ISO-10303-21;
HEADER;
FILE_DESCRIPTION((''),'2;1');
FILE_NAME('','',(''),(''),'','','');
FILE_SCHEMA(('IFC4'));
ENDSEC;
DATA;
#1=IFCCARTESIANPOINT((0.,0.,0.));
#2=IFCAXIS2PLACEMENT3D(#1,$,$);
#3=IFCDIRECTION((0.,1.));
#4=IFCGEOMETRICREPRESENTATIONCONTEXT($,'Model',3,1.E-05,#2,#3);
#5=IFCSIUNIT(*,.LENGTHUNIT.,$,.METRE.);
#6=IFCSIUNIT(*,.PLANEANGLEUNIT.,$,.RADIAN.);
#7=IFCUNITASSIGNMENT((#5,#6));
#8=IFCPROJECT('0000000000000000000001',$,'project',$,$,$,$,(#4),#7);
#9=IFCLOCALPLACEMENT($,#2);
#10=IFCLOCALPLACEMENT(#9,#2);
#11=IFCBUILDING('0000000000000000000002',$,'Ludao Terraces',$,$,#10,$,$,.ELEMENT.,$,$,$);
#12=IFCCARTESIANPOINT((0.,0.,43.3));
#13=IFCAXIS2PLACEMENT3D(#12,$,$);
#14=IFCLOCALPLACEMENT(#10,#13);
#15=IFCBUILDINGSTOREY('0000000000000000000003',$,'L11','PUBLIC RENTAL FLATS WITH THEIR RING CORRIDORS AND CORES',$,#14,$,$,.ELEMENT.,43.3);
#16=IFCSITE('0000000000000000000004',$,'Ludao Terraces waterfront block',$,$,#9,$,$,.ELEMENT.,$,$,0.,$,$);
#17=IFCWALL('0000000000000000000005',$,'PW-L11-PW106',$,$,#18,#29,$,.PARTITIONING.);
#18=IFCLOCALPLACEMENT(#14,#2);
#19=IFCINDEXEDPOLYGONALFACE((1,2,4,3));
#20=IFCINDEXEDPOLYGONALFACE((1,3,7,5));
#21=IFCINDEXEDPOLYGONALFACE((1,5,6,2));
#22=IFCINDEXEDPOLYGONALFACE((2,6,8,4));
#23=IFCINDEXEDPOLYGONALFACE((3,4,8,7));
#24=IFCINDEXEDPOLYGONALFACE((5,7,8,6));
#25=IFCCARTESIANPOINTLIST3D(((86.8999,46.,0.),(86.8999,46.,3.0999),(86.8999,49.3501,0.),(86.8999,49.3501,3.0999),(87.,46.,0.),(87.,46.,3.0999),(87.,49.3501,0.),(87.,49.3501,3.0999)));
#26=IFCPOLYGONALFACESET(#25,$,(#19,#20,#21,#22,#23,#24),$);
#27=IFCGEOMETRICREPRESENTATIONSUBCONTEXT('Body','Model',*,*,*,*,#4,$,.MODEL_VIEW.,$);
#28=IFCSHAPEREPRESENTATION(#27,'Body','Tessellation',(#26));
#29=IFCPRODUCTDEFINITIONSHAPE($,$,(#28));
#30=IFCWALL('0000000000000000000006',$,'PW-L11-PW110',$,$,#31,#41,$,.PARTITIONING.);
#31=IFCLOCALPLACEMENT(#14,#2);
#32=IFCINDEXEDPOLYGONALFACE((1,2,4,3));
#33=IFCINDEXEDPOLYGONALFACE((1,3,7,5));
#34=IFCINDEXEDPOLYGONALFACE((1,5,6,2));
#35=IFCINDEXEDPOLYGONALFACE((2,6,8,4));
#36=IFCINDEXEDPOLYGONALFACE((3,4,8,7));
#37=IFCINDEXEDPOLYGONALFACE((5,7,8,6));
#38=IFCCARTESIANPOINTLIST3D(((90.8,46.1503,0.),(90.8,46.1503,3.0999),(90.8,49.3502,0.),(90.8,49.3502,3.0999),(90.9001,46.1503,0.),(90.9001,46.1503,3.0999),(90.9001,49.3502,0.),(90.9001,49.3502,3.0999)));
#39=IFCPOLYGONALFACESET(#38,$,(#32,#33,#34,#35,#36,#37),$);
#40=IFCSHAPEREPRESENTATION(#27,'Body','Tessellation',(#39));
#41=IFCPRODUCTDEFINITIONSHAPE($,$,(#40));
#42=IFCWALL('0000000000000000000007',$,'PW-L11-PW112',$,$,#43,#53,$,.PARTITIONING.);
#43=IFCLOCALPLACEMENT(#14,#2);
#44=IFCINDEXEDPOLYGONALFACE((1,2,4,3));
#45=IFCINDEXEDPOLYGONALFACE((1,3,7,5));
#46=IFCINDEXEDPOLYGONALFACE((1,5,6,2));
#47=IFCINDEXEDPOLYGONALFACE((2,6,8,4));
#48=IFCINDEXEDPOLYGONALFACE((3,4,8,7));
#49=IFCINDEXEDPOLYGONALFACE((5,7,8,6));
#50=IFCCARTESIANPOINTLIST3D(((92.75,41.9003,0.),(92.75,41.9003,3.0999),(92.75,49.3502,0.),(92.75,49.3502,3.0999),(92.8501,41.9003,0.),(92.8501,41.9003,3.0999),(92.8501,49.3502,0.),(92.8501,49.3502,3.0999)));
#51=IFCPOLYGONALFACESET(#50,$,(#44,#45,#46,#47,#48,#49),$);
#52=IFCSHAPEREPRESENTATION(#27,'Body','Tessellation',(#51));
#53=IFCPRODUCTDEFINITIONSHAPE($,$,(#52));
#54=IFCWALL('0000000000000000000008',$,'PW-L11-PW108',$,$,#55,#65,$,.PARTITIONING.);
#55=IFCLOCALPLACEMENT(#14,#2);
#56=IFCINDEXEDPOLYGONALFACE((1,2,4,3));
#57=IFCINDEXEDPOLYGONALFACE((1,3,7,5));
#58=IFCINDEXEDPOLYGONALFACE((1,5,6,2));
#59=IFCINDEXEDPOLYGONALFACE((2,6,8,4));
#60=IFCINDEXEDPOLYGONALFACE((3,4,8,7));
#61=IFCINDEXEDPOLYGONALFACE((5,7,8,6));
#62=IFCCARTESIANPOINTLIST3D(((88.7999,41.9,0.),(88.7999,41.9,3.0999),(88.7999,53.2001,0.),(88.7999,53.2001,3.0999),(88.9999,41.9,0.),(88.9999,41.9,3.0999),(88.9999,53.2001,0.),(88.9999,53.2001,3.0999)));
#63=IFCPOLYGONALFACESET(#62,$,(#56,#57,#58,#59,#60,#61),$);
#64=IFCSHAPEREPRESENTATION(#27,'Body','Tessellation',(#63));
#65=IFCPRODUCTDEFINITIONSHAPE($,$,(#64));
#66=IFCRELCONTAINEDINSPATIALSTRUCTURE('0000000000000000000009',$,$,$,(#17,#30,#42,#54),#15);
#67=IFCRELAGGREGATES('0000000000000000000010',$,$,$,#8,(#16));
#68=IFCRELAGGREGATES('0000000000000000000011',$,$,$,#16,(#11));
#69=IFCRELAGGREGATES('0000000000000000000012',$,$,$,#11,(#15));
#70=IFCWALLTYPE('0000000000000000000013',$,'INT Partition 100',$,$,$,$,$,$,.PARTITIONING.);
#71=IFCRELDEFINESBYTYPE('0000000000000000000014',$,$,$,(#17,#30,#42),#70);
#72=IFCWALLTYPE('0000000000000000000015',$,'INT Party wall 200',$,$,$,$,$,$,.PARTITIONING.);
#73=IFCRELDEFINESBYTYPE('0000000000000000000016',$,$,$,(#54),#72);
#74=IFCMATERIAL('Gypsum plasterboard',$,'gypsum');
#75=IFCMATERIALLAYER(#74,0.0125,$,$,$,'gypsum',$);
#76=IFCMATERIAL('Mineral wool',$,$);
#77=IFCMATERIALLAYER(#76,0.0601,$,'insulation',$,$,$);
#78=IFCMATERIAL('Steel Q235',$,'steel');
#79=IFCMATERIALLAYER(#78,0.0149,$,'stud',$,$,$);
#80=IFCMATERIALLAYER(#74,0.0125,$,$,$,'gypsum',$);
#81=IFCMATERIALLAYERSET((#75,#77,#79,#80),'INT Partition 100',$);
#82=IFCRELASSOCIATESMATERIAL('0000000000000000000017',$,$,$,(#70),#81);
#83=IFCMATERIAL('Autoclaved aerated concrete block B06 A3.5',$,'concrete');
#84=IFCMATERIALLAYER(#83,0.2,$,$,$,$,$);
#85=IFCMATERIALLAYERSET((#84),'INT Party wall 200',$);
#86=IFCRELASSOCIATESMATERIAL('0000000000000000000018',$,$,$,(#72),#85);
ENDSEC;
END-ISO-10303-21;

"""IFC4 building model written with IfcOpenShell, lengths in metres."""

from ifc_helpers import new_model, si_unit, direction, frame, frame_2d, origin, place, context, subcontext, project, spatial, rectangle, extrude, material, layer, layer_set, type_object, element, save


model = new_model("IFC4")

# Units and contexts
model_context = context("Model", 3, precision=1e-05, world=origin(), true_north=direction((0.0, 1.0)))
body_context = subcontext(model_context, "Body", "Model", "MODEL_VIEW")
ifc_project = project(units=[si_unit("LENGTHUNIT", "METRE"), si_unit("PLANEANGLEUNIT", "RADIAN")], contexts=[model_context])

# Site, building, storey
site_placement = place(None, origin())
site = spatial("IfcSite", under=ifc_project, at=site_placement, Name="Ludao Terraces waterfront block", CompositionType="ELEMENT", RefElevation=0.0)
building_placement = place(site_placement, origin())
building = spatial("IfcBuilding", under=site, at=building_placement, Name="Ludao Terraces", CompositionType="ELEMENT")
storey_placement = place(building_placement, frame((0.0, 0.0, 43.3)))
storey = spatial("IfcBuildingStorey", under=building, at=storey_placement, Name="L11", Description="PUBLIC RENTAL FLATS WITH THEIR RING CORRIDORS AND CORES", CompositionType="ELEMENT", Elevation=43.3)

# Shared definitions
ifc_material_1 = material(Name="Mineral wool")

# Shared definitions
ifc_material_2 = material(Name="Gypsum plasterboard", Category="gypsum")
ifc_layer_1 = layer(ifc_material_2, 0.0125, Category="gypsum")
ifc_layer_2 = layer(ifc_material_1, 0.0601, Name="insulation")
ifc_material_3 = material(Name="Steel Q235", Category="steel")
ifc_layer_3 = layer(ifc_material_3, 0.0149, Name="stud")
ifc_layer_4 = layer(ifc_material_2, 0.0125, Category="gypsum")
ifc_layer_set_1 = layer_set([ifc_layer_1, ifc_layer_2, ifc_layer_3, ifc_layer_4], Name="INT Partition 100")
wall_type_1 = type_object("IfcWallType", Name="INT Partition 100", PredefinedType="PARTITIONING", material=ifc_layer_set_1)

# Walls
wall_1_placement = place(storey_placement, frame((86.95, 46.0, 0.0), z_axis=(0.0, 0.0, 1.0), x_axis=(0.0, 1.0, 0.0)))
element("IfcWall", 1, at=wall_1_placement, inside=storey, type_object=wall_type_1, Name="PW-L11-PW106", PredefinedType="PARTITIONING", context=body_context, shape_type="SweptSolid", body=[
    extrude(rectangle(XDim=3.3501, YDim=0.1001, at=frame_2d((1.675, 0.0))), origin(), (0.0, 0.0, 1.0), 3.0999),
])
wall_2_placement = place(storey_placement, frame((90.8501, 46.1501, 0.0), z_axis=(0.0, 0.0, 1.0), x_axis=(0.0, 1.0, 0.0)))
element("IfcWall", 2, at=wall_2_placement, inside=storey, type_object=wall_type_1, Name="PW-L11-PW110", PredefinedType="PARTITIONING", context=body_context, shape_type="SweptSolid", body=[
    extrude(rectangle(XDim=3.2, YDim=0.1001, at=frame_2d((1.6001, 0.0))), origin(), (0.0, 0.0, 1.0), 3.0999),
])
wall_3_placement = place(storey_placement, frame((92.8, 41.9001, 0.0), z_axis=(0.0, 0.0, 1.0), x_axis=(0.0, 1.0, 0.0)))
element("IfcWall", 3, at=wall_3_placement, inside=storey, type_object=wall_type_1, Name="PW-L11-PW112", PredefinedType="PARTITIONING", context=body_context, shape_type="SweptSolid", body=[
    extrude(rectangle(XDim=7.45, YDim=0.1001, at=frame_2d((3.7251, 0.0))), origin(), (0.0, 0.0, 1.0), 3.0999),
])
ifc_material_4 = material(Name="Autoclaved aerated concrete block B06 A3.5", Category="concrete")
ifc_layer_5 = layer(ifc_material_4, 0.2)
ifc_layer_set_2 = layer_set([ifc_layer_5], Name="INT Party wall 200")
wall_type_2 = type_object("IfcWallType", Name="INT Party wall 200", PredefinedType="PARTITIONING", material=ifc_layer_set_2)
wall_4_placement = place(storey_placement, frame((88.8999, 41.9001, 0.0), z_axis=(0.0, 0.0, 1.0), x_axis=(0.0, 1.0, 0.0)))
element("IfcWall", 4, at=wall_4_placement, inside=storey, type_object=wall_type_2, Name="PW-L11-PW108", PredefinedType="PARTITIONING", context=body_context, shape_type="SweptSolid", body=[
    extrude(rectangle(XDim=11.3, YDim=0.2, at=frame_2d((5.6499, 0.0))), origin(), (0.0, 0.0, 1.0), 3.0999),
])

save(model, "model.ifc")
